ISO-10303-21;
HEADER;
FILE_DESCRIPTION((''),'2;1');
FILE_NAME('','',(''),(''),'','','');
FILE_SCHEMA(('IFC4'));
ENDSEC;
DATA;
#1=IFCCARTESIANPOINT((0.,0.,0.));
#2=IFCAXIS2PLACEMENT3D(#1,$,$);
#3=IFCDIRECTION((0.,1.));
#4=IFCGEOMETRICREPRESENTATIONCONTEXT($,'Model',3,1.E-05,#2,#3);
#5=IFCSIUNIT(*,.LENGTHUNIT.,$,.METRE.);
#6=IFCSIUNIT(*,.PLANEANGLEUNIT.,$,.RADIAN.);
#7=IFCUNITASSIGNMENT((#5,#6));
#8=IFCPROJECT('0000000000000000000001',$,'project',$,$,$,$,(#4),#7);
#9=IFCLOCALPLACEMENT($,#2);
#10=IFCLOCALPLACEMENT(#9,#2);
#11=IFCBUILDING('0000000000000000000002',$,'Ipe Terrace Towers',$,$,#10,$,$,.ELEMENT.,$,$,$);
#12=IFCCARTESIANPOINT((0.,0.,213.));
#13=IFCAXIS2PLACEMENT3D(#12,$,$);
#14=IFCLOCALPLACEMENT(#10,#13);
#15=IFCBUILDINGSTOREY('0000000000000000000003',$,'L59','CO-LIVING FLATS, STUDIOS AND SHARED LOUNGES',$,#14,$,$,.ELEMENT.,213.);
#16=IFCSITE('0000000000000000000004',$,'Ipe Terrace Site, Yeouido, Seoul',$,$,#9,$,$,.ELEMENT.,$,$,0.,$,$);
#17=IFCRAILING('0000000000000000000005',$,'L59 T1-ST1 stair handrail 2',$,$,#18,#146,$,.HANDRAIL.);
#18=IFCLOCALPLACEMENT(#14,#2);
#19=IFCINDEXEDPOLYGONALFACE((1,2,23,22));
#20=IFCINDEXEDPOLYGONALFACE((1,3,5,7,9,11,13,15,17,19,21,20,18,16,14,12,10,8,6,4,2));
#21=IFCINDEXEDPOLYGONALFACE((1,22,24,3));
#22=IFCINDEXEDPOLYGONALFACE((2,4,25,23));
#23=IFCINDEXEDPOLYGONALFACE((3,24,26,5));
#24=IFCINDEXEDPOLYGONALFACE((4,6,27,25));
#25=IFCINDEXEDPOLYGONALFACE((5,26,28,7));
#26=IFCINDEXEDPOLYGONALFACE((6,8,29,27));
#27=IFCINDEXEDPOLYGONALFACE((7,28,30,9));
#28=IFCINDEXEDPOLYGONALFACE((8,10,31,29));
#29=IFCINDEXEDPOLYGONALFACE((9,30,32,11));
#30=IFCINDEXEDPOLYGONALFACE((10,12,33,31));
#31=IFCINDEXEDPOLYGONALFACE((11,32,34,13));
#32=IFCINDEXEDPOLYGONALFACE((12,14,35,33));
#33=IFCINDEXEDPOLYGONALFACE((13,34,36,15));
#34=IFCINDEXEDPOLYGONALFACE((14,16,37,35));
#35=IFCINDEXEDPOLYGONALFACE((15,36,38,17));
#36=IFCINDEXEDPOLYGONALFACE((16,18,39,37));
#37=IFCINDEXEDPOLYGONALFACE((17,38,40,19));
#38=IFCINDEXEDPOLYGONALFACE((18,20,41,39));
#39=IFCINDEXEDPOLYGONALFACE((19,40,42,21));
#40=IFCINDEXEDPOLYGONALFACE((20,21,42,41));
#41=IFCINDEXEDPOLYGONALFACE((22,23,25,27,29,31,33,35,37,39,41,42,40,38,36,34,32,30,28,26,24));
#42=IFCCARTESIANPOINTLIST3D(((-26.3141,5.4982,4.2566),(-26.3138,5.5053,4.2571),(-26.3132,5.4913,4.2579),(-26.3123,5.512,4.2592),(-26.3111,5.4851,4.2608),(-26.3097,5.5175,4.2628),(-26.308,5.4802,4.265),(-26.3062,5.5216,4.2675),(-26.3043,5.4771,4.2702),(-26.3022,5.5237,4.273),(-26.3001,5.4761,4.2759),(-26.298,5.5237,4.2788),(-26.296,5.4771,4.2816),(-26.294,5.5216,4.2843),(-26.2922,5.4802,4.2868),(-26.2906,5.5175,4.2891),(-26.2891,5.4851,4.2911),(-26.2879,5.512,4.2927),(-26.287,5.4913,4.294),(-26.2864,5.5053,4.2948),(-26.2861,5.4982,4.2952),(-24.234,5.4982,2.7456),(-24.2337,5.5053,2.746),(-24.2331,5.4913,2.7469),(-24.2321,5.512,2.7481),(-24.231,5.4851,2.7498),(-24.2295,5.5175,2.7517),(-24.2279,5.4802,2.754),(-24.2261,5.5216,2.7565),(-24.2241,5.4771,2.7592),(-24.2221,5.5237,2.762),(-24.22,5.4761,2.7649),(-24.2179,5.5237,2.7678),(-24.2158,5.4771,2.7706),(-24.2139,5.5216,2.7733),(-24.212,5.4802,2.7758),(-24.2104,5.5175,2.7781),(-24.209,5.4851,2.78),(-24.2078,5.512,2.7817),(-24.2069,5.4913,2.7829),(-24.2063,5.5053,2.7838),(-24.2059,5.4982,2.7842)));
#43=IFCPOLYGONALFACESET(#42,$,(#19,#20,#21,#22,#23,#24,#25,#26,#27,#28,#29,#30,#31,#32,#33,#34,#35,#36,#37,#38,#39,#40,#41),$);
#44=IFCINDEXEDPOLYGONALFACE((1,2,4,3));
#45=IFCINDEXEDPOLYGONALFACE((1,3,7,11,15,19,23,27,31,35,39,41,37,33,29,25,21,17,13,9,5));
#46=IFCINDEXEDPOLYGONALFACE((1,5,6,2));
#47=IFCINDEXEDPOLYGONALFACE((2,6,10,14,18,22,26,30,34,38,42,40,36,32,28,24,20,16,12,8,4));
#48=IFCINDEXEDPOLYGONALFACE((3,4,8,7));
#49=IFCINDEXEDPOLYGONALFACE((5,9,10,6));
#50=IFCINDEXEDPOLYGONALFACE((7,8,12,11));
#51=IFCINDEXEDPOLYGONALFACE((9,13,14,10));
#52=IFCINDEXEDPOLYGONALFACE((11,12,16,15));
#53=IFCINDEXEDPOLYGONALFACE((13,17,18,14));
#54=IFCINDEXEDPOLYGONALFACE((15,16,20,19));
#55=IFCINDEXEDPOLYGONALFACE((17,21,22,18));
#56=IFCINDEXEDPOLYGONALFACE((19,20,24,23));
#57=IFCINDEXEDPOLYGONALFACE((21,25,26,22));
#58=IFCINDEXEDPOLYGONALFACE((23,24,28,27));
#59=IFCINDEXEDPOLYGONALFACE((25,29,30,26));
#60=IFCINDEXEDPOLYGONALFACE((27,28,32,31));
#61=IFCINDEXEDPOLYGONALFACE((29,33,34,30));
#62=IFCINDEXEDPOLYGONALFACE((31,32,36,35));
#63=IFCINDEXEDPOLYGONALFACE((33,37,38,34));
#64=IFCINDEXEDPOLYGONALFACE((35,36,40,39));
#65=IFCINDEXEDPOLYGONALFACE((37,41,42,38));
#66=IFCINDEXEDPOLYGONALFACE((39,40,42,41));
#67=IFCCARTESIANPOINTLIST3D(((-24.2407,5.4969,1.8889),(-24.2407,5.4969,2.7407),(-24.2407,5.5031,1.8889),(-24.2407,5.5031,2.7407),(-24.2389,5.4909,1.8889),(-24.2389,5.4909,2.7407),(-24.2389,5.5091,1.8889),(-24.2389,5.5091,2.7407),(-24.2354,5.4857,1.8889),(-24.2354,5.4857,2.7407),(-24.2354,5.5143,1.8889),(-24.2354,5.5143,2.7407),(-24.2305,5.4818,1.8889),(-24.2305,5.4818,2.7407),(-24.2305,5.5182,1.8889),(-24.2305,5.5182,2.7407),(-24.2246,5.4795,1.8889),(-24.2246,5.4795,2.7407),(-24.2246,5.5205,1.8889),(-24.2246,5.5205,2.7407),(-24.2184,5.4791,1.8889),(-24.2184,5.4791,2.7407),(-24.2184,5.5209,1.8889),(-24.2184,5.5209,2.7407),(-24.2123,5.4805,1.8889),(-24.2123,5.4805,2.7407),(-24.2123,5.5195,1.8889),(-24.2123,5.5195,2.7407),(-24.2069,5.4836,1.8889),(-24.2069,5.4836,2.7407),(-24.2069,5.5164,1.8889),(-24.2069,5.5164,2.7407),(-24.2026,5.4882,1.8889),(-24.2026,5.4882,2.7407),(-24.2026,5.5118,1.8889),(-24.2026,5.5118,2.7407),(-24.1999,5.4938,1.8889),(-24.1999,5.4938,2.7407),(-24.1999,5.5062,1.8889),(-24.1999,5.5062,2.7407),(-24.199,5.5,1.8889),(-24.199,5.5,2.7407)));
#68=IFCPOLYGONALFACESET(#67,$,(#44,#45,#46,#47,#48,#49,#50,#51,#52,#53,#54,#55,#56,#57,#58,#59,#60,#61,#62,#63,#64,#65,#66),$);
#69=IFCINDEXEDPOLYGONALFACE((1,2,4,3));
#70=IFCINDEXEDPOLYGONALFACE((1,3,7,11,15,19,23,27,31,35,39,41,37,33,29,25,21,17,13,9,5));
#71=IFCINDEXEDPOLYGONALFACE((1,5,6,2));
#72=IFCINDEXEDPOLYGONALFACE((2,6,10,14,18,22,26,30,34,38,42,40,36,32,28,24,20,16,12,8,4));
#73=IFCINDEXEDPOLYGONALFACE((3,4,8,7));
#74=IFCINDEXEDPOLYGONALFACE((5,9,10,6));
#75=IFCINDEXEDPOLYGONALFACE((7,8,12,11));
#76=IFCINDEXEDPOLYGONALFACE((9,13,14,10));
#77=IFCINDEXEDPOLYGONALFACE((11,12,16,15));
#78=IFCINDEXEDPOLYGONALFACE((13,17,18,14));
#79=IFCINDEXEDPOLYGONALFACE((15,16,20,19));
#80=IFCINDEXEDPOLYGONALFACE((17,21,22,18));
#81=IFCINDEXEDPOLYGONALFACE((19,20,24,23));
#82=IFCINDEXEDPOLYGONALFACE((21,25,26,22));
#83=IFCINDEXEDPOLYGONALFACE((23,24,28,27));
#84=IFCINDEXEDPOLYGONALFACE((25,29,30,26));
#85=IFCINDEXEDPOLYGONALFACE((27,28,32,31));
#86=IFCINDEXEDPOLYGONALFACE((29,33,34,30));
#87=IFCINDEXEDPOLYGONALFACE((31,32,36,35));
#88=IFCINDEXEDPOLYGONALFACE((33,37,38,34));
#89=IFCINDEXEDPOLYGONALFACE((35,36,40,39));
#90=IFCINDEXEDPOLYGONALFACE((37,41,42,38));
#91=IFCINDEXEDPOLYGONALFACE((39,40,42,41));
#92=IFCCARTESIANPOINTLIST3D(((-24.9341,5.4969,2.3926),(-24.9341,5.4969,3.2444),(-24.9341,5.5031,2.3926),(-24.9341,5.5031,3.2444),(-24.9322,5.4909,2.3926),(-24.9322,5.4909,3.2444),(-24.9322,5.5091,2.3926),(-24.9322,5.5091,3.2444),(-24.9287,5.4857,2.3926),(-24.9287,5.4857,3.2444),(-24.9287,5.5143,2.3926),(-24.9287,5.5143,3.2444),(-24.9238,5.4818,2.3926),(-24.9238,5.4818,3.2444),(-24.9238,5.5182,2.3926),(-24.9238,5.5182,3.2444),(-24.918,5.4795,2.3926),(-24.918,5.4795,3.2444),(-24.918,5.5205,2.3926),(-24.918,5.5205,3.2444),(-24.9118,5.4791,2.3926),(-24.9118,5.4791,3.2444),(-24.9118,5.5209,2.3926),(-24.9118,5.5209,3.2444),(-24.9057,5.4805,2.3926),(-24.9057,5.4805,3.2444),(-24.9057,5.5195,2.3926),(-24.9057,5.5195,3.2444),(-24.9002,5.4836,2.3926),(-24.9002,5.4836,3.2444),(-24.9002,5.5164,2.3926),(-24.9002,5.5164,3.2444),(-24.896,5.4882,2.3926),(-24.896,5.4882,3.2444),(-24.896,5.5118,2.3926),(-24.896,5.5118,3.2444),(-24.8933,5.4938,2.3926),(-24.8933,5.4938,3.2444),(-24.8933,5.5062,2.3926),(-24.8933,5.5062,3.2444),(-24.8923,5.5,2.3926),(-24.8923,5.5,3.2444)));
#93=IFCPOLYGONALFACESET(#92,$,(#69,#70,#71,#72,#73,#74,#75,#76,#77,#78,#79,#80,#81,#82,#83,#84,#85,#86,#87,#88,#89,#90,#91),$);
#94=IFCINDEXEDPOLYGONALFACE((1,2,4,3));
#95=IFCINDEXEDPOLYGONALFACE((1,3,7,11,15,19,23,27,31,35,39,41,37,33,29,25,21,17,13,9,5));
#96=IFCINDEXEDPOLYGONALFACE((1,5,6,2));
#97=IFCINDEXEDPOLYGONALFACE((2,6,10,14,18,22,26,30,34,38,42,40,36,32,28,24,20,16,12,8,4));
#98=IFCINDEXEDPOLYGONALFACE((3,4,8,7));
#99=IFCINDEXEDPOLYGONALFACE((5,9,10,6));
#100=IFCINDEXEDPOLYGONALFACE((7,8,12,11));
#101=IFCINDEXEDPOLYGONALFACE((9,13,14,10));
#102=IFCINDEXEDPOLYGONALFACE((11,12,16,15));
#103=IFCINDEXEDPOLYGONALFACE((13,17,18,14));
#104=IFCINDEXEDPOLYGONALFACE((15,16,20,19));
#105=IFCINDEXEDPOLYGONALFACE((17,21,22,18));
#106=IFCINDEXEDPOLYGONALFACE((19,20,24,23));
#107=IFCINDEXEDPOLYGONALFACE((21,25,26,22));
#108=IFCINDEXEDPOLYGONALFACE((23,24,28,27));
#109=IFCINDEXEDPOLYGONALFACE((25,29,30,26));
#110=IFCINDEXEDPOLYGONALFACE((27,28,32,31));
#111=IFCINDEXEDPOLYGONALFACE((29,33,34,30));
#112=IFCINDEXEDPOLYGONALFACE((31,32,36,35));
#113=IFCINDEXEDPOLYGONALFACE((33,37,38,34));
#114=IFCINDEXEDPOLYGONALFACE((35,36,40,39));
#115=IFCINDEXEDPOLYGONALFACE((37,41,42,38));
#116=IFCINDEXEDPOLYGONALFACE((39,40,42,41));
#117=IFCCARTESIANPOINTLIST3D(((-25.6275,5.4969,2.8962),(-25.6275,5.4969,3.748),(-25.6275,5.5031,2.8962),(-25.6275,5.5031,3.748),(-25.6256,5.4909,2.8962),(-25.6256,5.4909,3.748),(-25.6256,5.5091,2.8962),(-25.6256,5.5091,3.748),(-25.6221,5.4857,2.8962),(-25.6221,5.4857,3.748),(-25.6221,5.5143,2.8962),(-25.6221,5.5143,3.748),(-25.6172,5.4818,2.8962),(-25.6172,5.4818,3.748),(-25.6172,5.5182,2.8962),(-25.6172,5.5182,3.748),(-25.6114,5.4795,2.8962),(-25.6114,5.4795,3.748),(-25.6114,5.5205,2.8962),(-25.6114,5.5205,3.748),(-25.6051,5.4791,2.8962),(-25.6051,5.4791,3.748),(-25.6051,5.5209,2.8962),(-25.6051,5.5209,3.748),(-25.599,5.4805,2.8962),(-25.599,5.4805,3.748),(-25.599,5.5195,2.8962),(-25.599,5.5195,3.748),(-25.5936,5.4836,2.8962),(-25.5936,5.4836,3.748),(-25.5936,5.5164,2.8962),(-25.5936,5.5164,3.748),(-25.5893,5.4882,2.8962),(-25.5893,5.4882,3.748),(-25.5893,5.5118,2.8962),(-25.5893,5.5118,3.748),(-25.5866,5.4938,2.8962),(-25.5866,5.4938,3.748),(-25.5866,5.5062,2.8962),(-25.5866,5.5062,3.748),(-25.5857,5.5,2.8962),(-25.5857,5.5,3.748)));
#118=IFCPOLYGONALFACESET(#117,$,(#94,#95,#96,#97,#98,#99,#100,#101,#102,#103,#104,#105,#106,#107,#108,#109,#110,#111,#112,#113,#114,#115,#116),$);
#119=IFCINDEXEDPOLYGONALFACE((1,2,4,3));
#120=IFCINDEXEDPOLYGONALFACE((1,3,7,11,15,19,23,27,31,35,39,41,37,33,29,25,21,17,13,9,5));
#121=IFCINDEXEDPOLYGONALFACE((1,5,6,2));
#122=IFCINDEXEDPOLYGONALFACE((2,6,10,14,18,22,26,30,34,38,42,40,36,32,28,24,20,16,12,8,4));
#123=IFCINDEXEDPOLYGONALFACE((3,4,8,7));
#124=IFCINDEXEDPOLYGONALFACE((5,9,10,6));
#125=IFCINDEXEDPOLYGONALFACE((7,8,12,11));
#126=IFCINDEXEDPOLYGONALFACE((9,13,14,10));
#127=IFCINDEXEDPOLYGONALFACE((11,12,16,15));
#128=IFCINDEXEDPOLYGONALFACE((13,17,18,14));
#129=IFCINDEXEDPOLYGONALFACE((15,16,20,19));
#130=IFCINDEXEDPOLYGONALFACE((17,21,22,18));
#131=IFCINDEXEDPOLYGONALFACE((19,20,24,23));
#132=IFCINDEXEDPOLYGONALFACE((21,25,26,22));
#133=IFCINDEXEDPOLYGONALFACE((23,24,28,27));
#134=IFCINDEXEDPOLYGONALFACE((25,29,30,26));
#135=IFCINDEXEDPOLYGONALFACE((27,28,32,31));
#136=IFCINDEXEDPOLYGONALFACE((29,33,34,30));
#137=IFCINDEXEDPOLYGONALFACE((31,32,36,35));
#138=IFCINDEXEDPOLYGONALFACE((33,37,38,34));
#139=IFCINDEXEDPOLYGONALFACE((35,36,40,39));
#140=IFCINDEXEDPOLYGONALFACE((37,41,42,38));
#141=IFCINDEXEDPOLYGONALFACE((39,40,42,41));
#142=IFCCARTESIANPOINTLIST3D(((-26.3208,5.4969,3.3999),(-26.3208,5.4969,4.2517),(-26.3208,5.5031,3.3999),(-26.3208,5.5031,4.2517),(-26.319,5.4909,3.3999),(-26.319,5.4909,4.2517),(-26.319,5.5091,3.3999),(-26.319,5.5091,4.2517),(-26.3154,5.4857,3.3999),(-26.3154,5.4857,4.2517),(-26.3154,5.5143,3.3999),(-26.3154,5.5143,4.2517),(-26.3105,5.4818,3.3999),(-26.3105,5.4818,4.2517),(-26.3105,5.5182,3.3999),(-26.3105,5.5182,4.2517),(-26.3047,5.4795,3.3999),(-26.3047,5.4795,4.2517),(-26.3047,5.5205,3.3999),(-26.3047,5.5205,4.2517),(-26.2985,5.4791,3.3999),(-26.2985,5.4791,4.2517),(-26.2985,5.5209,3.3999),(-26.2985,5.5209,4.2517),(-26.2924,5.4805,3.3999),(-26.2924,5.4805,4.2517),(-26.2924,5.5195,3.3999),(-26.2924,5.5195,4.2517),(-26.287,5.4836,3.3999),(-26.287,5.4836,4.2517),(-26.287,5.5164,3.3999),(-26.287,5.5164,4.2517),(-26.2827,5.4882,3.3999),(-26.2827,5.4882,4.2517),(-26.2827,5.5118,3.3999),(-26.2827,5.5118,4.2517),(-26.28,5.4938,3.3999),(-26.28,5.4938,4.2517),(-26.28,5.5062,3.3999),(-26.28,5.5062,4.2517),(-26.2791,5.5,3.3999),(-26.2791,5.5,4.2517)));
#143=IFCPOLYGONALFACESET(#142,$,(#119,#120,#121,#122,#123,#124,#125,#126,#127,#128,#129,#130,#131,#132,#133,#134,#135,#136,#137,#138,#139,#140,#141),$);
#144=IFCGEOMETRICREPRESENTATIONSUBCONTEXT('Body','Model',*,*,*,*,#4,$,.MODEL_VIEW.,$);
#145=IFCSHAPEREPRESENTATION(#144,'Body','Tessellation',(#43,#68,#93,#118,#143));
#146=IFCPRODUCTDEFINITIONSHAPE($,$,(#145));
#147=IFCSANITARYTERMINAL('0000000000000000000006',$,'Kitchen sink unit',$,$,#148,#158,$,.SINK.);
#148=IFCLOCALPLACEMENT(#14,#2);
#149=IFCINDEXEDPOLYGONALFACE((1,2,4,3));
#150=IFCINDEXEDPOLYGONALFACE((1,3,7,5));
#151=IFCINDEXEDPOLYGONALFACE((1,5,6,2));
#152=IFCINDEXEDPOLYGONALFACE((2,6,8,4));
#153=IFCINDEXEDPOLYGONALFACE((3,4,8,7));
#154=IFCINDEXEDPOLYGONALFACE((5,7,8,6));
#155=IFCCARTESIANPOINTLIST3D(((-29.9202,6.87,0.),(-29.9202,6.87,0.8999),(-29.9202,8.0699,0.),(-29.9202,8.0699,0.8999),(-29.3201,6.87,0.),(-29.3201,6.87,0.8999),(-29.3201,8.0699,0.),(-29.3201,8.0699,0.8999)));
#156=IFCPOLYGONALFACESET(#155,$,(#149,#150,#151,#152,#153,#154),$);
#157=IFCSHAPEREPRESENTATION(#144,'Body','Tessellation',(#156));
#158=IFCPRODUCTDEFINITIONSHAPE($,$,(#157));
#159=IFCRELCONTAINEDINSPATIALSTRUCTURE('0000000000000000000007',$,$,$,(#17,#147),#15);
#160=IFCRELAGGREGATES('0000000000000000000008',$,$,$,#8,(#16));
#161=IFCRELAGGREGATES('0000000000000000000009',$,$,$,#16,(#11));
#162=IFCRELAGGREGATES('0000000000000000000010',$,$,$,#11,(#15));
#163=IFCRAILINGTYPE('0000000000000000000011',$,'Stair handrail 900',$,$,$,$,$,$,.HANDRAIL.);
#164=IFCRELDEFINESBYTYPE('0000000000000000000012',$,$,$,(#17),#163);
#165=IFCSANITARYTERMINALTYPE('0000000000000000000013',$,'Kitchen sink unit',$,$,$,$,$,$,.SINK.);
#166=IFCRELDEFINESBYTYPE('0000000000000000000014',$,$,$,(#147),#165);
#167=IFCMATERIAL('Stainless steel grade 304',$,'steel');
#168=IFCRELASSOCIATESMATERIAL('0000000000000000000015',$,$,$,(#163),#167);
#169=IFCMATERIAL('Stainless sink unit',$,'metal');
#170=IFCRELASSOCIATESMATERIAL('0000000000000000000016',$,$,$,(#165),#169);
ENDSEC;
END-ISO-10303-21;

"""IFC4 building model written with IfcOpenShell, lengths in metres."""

from ifc_helpers import new_model, si_unit, direction, frame, origin, origin_2d, place, context, subcontext, project, spatial, rectangle, circle, extrude, material, type_object, element, save


model = new_model("IFC4")

# Units and contexts
model_context = context("Model", 3, precision=1e-05, world=origin(), true_north=direction((0.0, 1.0)))
body_context = subcontext(model_context, "Body", "Model", "MODEL_VIEW")
ifc_project = project(units=[si_unit("LENGTHUNIT", "METRE"), si_unit("PLANEANGLEUNIT", "RADIAN")], contexts=[model_context])

# Site, building, storey
site_placement = place(None, origin())
site = spatial("IfcSite", under=ifc_project, at=site_placement, Name="Ipe Terrace Site, Yeouido, Seoul", CompositionType="ELEMENT", RefElevation=0.0)
building_placement = place(site_placement, origin())
building = spatial("IfcBuilding", under=site, at=building_placement, Name="Ipe Terrace Towers", CompositionType="ELEMENT")
storey_placement = place(building_placement, frame((0.0, 0.0, 213.0)))
storey = spatial("IfcBuildingStorey", under=building, at=storey_placement, Name="L59", Description="CO-LIVING FLATS, STUDIOS AND SHARED LOUNGES", CompositionType="ELEMENT", Elevation=213.0)

# Railing
ifc_material_1 = material(Name="Stainless steel grade 304", Category="steel")
railing_type_1 = type_object("IfcRailingType", Name="Stair handrail 900", PredefinedType="HANDRAIL", material=ifc_material_1)
railing_1_placement = place(storey_placement, frame((-24.22, 5.5, 1.8889)))
element("IfcRailing", 1, at=railing_1_placement, inside=storey, type_object=railing_type_1, Name="L59 T1-ST1 stair handrail 2", PredefinedType="HANDRAIL", context=body_context, shape_type="SweptSolid", body=[
    extrude(circle(Radius=0.0239, at=origin_2d()), frame((0.0, 0.0, 0.876), z_axis=(-0.809069, 0.0, 0.587714), x_axis=(0.0, -1.0, 0.0)), (0.0, 0.0, 1.0), 2.571),
    extrude(circle(Radius=0.021, at=origin_2d()), origin(), (0.0, 0.0, 1.0), 0.8518),
    extrude(circle(Radius=0.021, at=origin_2d()), frame((-0.6934, 0.0, 0.5037)), (0.0, 0.0, 1.0), 0.8518),
    extrude(circle(Radius=0.021, at=origin_2d()), frame((-1.3867, 0.0, 1.0073)), (0.0, 0.0, 1.0), 0.8518),
    extrude(circle(Radius=0.021, at=origin_2d()), frame((-2.0801, 0.0, 1.511)), (0.0, 0.0, 1.0), 0.8518),
])

# Sanitary terminal
ifc_material_2 = material(Name="Stainless sink unit", Category="metal")
sanitary_terminal_type = type_object("IfcSanitaryTerminalType", Name="Kitchen sink unit", PredefinedType="SINK", material=ifc_material_2)
sanitary_terminal_placement = place(storey_placement, frame((-29.6201, 7.47, 0.0), z_axis=(0.0, 0.0, 1.0), x_axis=(0.0, -1.0, 0.0)))
element("IfcSanitaryTerminal", 2, at=sanitary_terminal_placement, inside=storey, type_object=sanitary_terminal_type, Name="Kitchen sink unit", PredefinedType="SINK", context=body_context, shape_type="SweptSolid", body=[
    extrude(rectangle(XDim=1.2, YDim=0.6001, at=origin_2d()), origin(), (0.0, 0.0, 1.0), 0.8999),
])

save(model, "model.ifc")
